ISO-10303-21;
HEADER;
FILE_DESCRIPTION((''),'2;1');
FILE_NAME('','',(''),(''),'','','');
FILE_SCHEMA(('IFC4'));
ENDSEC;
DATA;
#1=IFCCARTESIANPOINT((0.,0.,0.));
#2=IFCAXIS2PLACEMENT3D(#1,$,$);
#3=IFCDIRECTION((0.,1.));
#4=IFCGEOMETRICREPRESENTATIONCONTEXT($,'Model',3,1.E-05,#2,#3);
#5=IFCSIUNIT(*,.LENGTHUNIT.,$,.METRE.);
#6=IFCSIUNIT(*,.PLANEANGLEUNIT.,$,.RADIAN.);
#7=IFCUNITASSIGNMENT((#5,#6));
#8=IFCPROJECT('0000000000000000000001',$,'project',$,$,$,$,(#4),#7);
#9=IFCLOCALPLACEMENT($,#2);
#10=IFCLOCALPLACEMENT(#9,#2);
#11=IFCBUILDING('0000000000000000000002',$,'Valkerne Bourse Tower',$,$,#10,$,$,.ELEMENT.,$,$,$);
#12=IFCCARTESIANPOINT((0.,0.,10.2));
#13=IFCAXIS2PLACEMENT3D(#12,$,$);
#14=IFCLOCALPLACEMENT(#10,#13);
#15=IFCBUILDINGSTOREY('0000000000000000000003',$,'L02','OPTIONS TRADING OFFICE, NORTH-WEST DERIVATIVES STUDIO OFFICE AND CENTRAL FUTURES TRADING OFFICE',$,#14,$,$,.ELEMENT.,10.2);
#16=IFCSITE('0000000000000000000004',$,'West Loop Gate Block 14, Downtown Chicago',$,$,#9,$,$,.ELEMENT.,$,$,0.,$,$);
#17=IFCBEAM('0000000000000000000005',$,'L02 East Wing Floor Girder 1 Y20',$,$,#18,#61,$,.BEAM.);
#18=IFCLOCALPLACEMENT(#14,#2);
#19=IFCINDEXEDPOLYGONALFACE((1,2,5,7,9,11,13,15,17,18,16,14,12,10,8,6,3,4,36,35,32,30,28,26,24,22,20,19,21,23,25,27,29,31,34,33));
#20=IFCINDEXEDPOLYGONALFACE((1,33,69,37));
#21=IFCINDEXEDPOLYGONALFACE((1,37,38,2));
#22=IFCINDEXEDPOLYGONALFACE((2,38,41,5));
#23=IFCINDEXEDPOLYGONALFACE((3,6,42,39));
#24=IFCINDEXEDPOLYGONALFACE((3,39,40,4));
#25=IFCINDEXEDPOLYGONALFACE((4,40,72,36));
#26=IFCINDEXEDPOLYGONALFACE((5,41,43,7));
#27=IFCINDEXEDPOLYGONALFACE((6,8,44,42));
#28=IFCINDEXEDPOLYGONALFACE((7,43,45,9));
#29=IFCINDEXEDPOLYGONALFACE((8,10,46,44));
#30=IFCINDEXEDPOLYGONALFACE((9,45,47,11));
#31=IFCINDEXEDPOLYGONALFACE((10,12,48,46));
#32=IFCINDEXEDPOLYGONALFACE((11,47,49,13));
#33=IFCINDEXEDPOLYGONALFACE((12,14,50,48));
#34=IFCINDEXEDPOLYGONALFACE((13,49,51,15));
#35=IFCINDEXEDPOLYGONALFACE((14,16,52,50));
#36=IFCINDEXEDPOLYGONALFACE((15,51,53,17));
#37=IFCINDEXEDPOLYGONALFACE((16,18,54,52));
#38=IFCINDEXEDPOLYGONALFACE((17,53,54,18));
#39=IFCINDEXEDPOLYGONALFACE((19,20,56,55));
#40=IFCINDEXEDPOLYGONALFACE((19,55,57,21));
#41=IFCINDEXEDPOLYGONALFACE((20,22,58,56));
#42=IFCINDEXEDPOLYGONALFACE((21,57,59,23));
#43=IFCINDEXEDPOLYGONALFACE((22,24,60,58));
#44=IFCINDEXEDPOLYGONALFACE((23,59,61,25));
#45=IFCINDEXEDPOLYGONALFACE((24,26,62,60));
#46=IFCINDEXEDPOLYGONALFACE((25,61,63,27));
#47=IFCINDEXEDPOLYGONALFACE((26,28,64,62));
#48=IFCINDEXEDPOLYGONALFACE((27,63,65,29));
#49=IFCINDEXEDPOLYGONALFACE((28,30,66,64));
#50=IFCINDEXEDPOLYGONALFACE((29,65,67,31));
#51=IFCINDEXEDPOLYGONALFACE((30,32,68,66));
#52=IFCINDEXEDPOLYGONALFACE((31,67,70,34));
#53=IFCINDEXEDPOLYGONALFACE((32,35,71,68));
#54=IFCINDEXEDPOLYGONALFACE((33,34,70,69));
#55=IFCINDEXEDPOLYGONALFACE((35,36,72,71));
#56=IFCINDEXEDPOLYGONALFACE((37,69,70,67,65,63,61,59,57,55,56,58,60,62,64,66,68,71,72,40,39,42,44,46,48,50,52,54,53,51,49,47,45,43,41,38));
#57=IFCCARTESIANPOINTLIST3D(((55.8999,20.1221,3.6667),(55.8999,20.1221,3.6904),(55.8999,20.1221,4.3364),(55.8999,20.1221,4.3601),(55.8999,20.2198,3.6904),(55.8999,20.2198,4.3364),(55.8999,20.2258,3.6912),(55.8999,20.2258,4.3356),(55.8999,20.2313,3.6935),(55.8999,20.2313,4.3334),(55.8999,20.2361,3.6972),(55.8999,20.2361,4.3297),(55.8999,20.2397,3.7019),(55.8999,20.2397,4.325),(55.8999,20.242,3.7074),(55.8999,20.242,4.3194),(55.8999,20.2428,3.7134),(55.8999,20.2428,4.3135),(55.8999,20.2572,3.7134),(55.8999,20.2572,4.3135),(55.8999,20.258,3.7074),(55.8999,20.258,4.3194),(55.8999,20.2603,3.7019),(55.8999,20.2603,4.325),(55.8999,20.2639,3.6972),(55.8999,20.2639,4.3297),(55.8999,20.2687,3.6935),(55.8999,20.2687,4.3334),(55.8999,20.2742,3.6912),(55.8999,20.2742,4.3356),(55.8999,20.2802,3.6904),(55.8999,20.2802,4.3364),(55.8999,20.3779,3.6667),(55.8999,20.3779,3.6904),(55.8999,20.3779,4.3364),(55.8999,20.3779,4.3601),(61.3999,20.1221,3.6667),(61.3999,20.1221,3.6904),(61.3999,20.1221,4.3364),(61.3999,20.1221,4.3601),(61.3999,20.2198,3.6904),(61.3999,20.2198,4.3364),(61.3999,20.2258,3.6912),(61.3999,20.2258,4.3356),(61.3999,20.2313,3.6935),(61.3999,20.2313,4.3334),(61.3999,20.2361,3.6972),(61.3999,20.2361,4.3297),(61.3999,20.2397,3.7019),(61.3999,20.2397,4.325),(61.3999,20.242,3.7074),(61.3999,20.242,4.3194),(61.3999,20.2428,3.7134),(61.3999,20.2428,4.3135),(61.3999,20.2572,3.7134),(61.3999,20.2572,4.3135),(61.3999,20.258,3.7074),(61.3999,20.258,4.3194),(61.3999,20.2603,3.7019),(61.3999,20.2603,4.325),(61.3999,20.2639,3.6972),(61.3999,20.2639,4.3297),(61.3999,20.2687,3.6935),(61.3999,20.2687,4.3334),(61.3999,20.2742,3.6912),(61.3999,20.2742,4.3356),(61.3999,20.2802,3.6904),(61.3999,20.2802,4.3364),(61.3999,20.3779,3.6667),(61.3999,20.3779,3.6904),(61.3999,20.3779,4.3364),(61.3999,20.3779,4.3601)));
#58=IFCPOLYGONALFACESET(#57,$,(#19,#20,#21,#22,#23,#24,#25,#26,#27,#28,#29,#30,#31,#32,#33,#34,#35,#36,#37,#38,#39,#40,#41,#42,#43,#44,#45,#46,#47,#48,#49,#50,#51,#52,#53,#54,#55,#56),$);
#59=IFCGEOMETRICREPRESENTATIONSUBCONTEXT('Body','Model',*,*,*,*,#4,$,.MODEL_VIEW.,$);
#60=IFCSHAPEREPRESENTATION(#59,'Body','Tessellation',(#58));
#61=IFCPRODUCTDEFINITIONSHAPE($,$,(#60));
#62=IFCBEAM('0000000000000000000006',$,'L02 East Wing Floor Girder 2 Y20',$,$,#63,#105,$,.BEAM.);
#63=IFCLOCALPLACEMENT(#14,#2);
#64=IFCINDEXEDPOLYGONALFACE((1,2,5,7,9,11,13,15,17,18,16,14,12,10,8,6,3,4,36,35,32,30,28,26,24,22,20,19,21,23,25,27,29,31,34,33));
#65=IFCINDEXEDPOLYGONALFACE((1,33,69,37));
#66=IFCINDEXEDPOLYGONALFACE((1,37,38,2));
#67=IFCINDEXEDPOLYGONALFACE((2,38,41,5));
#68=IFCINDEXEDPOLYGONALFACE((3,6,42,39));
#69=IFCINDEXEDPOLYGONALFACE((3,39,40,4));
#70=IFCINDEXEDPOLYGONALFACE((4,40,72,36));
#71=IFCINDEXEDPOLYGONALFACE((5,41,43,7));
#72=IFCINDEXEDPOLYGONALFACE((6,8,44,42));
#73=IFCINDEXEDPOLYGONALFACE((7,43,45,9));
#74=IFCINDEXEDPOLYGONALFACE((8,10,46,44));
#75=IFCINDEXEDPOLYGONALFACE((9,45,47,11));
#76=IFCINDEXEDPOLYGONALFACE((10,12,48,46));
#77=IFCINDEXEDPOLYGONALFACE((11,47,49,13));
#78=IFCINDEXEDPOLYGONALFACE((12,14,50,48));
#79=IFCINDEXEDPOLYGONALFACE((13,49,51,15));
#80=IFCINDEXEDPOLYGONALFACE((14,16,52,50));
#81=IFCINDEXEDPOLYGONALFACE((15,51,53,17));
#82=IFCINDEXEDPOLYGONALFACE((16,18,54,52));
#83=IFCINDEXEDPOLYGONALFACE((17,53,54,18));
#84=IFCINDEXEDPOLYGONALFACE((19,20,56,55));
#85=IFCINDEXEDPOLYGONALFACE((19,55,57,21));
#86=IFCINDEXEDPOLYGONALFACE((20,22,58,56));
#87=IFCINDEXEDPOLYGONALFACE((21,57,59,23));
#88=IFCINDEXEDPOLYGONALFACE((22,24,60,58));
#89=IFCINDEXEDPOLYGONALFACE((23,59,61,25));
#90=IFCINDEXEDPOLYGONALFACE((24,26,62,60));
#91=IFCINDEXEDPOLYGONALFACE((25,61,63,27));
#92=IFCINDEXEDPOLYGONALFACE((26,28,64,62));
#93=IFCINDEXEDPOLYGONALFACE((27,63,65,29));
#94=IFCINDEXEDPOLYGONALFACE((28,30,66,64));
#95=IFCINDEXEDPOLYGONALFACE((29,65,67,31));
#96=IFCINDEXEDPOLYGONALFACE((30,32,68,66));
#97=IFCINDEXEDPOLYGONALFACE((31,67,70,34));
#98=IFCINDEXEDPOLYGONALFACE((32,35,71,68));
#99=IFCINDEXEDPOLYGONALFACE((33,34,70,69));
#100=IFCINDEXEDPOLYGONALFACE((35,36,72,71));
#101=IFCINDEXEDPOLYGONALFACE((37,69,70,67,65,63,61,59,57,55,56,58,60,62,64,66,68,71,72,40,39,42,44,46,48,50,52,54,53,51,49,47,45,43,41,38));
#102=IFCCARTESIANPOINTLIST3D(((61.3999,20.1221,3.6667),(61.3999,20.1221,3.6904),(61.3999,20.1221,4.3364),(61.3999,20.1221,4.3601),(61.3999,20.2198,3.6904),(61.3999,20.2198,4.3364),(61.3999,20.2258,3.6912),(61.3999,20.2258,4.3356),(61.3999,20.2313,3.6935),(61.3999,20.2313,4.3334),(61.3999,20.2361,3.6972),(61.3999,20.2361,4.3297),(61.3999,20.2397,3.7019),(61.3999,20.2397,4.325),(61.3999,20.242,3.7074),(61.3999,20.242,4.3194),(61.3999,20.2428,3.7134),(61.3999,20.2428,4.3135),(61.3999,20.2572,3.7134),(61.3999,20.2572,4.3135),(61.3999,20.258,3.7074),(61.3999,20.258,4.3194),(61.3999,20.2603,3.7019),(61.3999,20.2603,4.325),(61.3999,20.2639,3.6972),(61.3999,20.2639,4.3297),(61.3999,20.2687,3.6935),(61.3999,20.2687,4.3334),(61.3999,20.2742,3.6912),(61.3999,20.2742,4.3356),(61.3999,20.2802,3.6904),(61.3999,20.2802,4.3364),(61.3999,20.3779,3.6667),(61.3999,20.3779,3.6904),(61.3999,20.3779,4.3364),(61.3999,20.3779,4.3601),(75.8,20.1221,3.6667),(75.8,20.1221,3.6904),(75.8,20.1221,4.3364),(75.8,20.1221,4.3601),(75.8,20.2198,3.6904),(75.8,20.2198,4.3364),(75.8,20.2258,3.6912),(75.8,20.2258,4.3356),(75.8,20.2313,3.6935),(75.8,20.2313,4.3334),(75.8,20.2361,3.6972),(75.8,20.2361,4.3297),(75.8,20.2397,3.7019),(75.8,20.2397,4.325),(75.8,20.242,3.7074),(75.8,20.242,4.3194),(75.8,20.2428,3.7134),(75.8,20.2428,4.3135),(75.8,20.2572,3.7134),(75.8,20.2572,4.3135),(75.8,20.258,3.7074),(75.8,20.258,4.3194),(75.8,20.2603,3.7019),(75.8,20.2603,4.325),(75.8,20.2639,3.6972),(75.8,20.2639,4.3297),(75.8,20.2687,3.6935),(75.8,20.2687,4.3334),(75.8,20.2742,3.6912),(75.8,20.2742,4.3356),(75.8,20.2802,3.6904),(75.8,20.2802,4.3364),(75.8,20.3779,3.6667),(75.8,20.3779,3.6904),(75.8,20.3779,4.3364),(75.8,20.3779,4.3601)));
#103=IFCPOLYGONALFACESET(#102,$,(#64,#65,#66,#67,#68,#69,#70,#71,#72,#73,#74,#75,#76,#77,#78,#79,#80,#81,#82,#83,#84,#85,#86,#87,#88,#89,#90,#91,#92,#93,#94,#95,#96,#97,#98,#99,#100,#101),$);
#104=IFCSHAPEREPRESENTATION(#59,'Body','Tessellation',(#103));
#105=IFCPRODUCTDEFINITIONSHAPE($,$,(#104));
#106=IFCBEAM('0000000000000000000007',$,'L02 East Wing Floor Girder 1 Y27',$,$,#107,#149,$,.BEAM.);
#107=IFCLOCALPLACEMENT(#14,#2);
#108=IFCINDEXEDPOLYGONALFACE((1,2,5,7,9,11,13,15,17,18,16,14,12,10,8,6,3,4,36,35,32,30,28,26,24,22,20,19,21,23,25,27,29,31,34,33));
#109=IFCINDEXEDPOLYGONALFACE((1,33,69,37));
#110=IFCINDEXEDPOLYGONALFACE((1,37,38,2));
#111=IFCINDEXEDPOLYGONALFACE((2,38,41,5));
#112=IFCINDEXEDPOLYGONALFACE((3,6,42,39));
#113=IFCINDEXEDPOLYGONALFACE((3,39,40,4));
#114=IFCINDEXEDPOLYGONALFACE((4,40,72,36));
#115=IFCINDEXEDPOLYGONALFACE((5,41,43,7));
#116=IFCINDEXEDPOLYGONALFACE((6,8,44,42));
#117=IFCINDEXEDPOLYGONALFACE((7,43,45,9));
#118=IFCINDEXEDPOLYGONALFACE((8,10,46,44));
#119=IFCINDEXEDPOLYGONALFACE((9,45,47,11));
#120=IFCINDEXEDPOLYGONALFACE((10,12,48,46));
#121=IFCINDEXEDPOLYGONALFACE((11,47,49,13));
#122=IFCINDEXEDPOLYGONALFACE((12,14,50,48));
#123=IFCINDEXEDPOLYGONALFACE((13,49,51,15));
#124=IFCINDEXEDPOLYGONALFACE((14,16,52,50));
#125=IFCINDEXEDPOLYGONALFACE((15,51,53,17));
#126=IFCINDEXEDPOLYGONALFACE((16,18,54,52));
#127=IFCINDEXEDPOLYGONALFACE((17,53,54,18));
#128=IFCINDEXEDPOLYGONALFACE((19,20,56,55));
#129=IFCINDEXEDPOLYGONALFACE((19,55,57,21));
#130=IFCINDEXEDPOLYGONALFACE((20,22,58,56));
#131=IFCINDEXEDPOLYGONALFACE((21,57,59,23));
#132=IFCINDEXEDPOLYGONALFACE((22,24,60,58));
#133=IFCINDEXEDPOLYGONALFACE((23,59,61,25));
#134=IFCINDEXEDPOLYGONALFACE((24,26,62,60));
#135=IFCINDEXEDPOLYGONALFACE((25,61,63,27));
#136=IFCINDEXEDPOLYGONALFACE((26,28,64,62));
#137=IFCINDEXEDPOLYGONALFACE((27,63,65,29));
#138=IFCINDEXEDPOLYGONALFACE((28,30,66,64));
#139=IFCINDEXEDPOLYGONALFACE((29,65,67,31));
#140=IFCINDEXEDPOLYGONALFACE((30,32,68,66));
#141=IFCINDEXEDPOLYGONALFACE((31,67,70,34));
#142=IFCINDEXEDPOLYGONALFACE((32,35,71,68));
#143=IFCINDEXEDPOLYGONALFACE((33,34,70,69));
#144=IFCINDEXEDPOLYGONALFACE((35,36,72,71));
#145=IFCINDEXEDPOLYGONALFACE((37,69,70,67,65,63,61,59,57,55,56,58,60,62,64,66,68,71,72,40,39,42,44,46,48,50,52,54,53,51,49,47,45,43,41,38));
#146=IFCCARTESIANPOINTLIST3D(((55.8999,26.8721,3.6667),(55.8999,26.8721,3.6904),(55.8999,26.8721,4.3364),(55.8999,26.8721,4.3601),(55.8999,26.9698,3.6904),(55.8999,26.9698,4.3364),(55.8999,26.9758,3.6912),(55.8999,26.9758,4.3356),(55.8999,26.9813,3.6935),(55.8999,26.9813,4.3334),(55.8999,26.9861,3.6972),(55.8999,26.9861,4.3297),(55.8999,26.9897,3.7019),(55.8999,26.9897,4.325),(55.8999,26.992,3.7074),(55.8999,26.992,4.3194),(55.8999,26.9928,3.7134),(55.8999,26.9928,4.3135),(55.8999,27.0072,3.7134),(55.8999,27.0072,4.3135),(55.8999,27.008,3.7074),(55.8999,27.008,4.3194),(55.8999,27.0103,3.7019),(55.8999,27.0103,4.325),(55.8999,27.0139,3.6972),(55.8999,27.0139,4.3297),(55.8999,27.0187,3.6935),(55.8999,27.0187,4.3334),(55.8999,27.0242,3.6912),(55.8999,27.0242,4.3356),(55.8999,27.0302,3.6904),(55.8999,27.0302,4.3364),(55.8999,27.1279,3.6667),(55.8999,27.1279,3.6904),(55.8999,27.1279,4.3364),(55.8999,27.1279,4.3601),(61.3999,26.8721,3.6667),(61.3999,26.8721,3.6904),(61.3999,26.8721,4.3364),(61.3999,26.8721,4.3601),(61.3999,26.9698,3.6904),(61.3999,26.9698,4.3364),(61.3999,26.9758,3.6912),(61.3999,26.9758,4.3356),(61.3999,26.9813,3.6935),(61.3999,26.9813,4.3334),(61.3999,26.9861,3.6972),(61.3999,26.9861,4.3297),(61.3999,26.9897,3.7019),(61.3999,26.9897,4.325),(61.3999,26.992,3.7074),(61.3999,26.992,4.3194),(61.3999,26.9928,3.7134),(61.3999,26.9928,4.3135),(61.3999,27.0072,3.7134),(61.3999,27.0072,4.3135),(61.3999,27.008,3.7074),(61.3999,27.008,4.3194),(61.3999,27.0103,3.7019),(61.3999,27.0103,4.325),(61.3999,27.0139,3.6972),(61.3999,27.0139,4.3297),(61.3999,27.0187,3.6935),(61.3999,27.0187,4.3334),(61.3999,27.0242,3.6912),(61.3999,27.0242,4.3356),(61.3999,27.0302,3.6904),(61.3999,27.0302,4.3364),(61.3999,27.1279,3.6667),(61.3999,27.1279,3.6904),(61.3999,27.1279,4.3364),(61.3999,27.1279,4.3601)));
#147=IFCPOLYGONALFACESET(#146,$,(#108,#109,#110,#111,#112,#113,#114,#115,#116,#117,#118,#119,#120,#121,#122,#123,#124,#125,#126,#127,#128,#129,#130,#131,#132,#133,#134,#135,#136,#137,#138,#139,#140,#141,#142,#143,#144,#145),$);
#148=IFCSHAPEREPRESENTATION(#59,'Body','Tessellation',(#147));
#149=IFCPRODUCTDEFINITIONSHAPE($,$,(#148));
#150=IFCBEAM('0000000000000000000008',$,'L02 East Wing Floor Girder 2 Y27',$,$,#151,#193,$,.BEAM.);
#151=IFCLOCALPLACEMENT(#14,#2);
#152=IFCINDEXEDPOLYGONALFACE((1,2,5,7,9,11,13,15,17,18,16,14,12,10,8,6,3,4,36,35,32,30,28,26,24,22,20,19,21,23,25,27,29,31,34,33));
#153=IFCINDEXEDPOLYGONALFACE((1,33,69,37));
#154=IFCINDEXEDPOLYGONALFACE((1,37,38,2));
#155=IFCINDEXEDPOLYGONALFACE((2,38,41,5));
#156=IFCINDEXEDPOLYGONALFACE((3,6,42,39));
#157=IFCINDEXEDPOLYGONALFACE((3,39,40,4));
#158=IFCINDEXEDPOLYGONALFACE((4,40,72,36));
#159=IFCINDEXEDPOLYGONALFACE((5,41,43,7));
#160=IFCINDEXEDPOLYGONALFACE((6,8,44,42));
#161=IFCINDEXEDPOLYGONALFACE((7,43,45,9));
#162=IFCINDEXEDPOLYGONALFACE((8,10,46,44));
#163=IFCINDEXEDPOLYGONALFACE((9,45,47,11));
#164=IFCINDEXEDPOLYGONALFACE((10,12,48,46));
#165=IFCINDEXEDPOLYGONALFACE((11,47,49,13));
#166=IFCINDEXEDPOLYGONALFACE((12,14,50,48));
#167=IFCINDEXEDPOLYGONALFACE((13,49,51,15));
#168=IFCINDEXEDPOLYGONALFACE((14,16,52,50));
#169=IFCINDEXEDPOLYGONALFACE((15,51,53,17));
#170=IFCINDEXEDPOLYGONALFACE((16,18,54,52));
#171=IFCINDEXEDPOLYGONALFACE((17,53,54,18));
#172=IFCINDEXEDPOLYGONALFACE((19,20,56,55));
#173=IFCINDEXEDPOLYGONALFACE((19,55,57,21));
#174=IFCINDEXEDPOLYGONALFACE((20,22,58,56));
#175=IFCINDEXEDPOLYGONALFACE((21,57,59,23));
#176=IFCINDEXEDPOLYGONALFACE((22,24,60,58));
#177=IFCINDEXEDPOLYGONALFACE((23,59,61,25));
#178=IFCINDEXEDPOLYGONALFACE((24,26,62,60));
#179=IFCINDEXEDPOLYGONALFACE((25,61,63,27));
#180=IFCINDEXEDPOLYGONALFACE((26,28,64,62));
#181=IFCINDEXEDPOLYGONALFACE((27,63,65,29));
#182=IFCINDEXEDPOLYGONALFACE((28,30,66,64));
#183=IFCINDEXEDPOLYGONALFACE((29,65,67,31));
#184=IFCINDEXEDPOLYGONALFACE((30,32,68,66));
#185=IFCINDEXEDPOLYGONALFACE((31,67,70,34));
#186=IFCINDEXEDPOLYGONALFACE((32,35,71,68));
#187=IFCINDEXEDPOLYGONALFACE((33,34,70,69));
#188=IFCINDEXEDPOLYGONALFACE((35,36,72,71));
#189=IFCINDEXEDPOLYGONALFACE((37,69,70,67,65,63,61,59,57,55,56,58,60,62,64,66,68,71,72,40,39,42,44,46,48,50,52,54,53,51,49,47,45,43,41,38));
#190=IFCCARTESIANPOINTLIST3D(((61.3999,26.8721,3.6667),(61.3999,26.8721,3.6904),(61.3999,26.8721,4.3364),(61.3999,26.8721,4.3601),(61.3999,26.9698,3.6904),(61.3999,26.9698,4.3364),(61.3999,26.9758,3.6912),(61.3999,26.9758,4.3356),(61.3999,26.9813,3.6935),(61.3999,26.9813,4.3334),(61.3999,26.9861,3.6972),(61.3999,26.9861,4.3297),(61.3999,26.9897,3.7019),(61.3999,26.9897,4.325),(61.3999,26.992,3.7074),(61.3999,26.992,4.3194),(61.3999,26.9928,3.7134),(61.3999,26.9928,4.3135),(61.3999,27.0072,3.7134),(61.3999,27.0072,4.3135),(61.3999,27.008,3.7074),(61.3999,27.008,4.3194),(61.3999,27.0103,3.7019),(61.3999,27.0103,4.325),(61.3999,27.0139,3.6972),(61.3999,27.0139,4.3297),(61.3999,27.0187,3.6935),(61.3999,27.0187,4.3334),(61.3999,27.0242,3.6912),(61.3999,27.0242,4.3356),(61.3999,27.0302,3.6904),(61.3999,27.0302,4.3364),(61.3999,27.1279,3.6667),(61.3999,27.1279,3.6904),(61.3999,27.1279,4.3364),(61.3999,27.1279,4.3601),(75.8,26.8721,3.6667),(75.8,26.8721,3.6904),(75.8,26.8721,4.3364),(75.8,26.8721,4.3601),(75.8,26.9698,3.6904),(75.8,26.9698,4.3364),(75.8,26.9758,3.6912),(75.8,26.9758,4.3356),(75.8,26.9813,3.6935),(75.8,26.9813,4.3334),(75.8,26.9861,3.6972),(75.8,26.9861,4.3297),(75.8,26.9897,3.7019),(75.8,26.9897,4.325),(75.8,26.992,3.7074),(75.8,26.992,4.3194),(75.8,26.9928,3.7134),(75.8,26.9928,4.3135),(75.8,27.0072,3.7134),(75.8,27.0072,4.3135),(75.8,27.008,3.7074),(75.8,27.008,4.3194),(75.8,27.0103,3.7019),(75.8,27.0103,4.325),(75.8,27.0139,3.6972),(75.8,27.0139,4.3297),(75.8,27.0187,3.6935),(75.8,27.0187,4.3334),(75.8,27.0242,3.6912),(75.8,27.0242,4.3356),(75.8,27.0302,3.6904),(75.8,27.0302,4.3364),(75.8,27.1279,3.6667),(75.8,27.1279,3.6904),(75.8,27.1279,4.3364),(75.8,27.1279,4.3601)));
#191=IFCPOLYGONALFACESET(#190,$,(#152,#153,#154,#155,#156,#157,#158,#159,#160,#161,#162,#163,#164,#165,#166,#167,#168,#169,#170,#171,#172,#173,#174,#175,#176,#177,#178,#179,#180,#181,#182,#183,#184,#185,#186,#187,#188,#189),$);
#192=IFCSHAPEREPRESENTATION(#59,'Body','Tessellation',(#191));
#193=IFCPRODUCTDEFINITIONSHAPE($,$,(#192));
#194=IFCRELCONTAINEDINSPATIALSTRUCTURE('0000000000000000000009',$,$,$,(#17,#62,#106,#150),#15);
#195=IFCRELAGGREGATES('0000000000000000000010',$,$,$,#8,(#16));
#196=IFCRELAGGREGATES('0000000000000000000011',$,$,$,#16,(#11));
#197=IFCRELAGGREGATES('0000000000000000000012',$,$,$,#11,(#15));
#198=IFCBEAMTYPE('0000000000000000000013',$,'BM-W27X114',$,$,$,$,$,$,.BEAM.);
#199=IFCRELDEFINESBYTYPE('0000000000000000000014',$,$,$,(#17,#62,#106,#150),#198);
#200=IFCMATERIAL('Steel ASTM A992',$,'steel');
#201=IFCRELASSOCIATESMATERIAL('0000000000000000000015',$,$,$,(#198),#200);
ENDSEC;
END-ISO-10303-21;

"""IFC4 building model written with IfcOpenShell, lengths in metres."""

from ifc_helpers import new_model, si_unit, direction, frame, origin, origin_2d, place, context, subcontext, project, spatial, i_section, extrude, material, material_profile, profile_set, type_object, element, save


model = new_model("IFC4")

# Units and contexts
model_context = context("Model", 3, precision=1e-05, world=origin(), true_north=direction((0.0, 1.0)))
body_context = subcontext(model_context, "Body", "Model", "MODEL_VIEW")
ifc_project = project(units=[si_unit("LENGTHUNIT", "METRE"), si_unit("PLANEANGLEUNIT", "RADIAN")], contexts=[model_context])

# Site, building, storey
site_placement = place(None, origin())
site = spatial("IfcSite", under=ifc_project, at=site_placement, Name="West Loop Gate Block 14, Downtown Chicago", CompositionType="ELEMENT", RefElevation=0.0)
building_placement = place(site_placement, origin())
building = spatial("IfcBuilding", under=site, at=building_placement, Name="Valkerne Bourse Tower", CompositionType="ELEMENT")
storey_placement = place(building_placement, frame((0.0, 0.0, 10.2)))
storey = spatial("IfcBuildingStorey", under=building, at=storey_placement, Name="L02", Description="OPTIONS TRADING OFFICE, NORTH-WEST DERIVATIVES STUDIO OFFICE AND CENTRAL FUTURES TRADING OFFICE", CompositionType="ELEMENT", Elevation=10.2)

# Beams
ifc_material_1 = material(Name="Steel ASTM A992", Category="steel")
ifc_material_profile_1 = material_profile(ifc_material_1, i_section(OverallWidth=0.2559, OverallDepth=0.6934, WebThickness=0.0144, FlangeThickness=0.0237, FilletRadius=0.0229, at=origin_2d()), Name="W27X114")
ifc_profile_set_1 = profile_set([ifc_material_profile_1], Name="Steel ASTM A992")
beam_type_1 = type_object("IfcBeamType", Name="BM-W27X114", PredefinedType="BEAM", material=ifc_profile_set_1)
beam_1_placement = place(storey_placement, frame((55.8999, 20.25, 4.0134), z_axis=(1.0, 0.0, 0.0), x_axis=(0.0, 1.0, 0.0)))
element("IfcBeam", 1, at=beam_1_placement, inside=storey, type_object=beam_type_1, Name="L02 East Wing Floor Girder 1 Y20", PredefinedType="BEAM", context=body_context, shape_type="SweptSolid", body=[
    extrude(i_section(OverallWidth=0.2559, OverallDepth=0.6934, WebThickness=0.0144, FlangeThickness=0.0237, FilletRadius=0.0229, at=origin_2d()), origin(), (0.0, 0.0, 1.0), 5.5),
])
beam_2_placement = place(storey_placement, frame((61.3999, 20.25, 4.0134), z_axis=(1.0, 0.0, 0.0), x_axis=(0.0, 1.0, 0.0)))
element("IfcBeam", 2, at=beam_2_placement, inside=storey, type_object=beam_type_1, Name="L02 East Wing Floor Girder 2 Y20", PredefinedType="BEAM", context=body_context, shape_type="SweptSolid", body=[
    extrude(i_section(OverallWidth=0.2559, OverallDepth=0.6934, WebThickness=0.0144, FlangeThickness=0.0237, FilletRadius=0.0229, at=origin_2d()), origin(), (0.0, 0.0, 1.0), 14.4001),
])
beam_3_placement = place(storey_placement, frame((55.8999, 27.0, 4.0134), z_axis=(1.0, 0.0, 0.0), x_axis=(0.0, 1.0, 0.0)))
element("IfcBeam", 3, at=beam_3_placement, inside=storey, type_object=beam_type_1, Name="L02 East Wing Floor Girder 1 Y27", PredefinedType="BEAM", context=body_context, shape_type="SweptSolid", body=[
    extrude(i_section(OverallWidth=0.2559, OverallDepth=0.6934, WebThickness=0.0144, FlangeThickness=0.0237, FilletRadius=0.0229, at=origin_2d()), origin(), (0.0, 0.0, 1.0), 5.5),
])
beam_4_placement = place(storey_placement, frame((61.3999, 27.0, 4.0134), z_axis=(1.0, 0.0, 0.0), x_axis=(0.0, 1.0, 0.0)))
element("IfcBeam", 4, at=beam_4_placement, inside=storey, type_object=beam_type_1, Name="L02 East Wing Floor Girder 2 Y27", PredefinedType="BEAM", context=body_context, shape_type="SweptSolid", body=[
    extrude(i_section(OverallWidth=0.2559, OverallDepth=0.6934, WebThickness=0.0144, FlangeThickness=0.0237, FilletRadius=0.0229, at=origin_2d()), origin(), (0.0, 0.0, 1.0), 14.4001),
])

save(model, "model.ifc")
